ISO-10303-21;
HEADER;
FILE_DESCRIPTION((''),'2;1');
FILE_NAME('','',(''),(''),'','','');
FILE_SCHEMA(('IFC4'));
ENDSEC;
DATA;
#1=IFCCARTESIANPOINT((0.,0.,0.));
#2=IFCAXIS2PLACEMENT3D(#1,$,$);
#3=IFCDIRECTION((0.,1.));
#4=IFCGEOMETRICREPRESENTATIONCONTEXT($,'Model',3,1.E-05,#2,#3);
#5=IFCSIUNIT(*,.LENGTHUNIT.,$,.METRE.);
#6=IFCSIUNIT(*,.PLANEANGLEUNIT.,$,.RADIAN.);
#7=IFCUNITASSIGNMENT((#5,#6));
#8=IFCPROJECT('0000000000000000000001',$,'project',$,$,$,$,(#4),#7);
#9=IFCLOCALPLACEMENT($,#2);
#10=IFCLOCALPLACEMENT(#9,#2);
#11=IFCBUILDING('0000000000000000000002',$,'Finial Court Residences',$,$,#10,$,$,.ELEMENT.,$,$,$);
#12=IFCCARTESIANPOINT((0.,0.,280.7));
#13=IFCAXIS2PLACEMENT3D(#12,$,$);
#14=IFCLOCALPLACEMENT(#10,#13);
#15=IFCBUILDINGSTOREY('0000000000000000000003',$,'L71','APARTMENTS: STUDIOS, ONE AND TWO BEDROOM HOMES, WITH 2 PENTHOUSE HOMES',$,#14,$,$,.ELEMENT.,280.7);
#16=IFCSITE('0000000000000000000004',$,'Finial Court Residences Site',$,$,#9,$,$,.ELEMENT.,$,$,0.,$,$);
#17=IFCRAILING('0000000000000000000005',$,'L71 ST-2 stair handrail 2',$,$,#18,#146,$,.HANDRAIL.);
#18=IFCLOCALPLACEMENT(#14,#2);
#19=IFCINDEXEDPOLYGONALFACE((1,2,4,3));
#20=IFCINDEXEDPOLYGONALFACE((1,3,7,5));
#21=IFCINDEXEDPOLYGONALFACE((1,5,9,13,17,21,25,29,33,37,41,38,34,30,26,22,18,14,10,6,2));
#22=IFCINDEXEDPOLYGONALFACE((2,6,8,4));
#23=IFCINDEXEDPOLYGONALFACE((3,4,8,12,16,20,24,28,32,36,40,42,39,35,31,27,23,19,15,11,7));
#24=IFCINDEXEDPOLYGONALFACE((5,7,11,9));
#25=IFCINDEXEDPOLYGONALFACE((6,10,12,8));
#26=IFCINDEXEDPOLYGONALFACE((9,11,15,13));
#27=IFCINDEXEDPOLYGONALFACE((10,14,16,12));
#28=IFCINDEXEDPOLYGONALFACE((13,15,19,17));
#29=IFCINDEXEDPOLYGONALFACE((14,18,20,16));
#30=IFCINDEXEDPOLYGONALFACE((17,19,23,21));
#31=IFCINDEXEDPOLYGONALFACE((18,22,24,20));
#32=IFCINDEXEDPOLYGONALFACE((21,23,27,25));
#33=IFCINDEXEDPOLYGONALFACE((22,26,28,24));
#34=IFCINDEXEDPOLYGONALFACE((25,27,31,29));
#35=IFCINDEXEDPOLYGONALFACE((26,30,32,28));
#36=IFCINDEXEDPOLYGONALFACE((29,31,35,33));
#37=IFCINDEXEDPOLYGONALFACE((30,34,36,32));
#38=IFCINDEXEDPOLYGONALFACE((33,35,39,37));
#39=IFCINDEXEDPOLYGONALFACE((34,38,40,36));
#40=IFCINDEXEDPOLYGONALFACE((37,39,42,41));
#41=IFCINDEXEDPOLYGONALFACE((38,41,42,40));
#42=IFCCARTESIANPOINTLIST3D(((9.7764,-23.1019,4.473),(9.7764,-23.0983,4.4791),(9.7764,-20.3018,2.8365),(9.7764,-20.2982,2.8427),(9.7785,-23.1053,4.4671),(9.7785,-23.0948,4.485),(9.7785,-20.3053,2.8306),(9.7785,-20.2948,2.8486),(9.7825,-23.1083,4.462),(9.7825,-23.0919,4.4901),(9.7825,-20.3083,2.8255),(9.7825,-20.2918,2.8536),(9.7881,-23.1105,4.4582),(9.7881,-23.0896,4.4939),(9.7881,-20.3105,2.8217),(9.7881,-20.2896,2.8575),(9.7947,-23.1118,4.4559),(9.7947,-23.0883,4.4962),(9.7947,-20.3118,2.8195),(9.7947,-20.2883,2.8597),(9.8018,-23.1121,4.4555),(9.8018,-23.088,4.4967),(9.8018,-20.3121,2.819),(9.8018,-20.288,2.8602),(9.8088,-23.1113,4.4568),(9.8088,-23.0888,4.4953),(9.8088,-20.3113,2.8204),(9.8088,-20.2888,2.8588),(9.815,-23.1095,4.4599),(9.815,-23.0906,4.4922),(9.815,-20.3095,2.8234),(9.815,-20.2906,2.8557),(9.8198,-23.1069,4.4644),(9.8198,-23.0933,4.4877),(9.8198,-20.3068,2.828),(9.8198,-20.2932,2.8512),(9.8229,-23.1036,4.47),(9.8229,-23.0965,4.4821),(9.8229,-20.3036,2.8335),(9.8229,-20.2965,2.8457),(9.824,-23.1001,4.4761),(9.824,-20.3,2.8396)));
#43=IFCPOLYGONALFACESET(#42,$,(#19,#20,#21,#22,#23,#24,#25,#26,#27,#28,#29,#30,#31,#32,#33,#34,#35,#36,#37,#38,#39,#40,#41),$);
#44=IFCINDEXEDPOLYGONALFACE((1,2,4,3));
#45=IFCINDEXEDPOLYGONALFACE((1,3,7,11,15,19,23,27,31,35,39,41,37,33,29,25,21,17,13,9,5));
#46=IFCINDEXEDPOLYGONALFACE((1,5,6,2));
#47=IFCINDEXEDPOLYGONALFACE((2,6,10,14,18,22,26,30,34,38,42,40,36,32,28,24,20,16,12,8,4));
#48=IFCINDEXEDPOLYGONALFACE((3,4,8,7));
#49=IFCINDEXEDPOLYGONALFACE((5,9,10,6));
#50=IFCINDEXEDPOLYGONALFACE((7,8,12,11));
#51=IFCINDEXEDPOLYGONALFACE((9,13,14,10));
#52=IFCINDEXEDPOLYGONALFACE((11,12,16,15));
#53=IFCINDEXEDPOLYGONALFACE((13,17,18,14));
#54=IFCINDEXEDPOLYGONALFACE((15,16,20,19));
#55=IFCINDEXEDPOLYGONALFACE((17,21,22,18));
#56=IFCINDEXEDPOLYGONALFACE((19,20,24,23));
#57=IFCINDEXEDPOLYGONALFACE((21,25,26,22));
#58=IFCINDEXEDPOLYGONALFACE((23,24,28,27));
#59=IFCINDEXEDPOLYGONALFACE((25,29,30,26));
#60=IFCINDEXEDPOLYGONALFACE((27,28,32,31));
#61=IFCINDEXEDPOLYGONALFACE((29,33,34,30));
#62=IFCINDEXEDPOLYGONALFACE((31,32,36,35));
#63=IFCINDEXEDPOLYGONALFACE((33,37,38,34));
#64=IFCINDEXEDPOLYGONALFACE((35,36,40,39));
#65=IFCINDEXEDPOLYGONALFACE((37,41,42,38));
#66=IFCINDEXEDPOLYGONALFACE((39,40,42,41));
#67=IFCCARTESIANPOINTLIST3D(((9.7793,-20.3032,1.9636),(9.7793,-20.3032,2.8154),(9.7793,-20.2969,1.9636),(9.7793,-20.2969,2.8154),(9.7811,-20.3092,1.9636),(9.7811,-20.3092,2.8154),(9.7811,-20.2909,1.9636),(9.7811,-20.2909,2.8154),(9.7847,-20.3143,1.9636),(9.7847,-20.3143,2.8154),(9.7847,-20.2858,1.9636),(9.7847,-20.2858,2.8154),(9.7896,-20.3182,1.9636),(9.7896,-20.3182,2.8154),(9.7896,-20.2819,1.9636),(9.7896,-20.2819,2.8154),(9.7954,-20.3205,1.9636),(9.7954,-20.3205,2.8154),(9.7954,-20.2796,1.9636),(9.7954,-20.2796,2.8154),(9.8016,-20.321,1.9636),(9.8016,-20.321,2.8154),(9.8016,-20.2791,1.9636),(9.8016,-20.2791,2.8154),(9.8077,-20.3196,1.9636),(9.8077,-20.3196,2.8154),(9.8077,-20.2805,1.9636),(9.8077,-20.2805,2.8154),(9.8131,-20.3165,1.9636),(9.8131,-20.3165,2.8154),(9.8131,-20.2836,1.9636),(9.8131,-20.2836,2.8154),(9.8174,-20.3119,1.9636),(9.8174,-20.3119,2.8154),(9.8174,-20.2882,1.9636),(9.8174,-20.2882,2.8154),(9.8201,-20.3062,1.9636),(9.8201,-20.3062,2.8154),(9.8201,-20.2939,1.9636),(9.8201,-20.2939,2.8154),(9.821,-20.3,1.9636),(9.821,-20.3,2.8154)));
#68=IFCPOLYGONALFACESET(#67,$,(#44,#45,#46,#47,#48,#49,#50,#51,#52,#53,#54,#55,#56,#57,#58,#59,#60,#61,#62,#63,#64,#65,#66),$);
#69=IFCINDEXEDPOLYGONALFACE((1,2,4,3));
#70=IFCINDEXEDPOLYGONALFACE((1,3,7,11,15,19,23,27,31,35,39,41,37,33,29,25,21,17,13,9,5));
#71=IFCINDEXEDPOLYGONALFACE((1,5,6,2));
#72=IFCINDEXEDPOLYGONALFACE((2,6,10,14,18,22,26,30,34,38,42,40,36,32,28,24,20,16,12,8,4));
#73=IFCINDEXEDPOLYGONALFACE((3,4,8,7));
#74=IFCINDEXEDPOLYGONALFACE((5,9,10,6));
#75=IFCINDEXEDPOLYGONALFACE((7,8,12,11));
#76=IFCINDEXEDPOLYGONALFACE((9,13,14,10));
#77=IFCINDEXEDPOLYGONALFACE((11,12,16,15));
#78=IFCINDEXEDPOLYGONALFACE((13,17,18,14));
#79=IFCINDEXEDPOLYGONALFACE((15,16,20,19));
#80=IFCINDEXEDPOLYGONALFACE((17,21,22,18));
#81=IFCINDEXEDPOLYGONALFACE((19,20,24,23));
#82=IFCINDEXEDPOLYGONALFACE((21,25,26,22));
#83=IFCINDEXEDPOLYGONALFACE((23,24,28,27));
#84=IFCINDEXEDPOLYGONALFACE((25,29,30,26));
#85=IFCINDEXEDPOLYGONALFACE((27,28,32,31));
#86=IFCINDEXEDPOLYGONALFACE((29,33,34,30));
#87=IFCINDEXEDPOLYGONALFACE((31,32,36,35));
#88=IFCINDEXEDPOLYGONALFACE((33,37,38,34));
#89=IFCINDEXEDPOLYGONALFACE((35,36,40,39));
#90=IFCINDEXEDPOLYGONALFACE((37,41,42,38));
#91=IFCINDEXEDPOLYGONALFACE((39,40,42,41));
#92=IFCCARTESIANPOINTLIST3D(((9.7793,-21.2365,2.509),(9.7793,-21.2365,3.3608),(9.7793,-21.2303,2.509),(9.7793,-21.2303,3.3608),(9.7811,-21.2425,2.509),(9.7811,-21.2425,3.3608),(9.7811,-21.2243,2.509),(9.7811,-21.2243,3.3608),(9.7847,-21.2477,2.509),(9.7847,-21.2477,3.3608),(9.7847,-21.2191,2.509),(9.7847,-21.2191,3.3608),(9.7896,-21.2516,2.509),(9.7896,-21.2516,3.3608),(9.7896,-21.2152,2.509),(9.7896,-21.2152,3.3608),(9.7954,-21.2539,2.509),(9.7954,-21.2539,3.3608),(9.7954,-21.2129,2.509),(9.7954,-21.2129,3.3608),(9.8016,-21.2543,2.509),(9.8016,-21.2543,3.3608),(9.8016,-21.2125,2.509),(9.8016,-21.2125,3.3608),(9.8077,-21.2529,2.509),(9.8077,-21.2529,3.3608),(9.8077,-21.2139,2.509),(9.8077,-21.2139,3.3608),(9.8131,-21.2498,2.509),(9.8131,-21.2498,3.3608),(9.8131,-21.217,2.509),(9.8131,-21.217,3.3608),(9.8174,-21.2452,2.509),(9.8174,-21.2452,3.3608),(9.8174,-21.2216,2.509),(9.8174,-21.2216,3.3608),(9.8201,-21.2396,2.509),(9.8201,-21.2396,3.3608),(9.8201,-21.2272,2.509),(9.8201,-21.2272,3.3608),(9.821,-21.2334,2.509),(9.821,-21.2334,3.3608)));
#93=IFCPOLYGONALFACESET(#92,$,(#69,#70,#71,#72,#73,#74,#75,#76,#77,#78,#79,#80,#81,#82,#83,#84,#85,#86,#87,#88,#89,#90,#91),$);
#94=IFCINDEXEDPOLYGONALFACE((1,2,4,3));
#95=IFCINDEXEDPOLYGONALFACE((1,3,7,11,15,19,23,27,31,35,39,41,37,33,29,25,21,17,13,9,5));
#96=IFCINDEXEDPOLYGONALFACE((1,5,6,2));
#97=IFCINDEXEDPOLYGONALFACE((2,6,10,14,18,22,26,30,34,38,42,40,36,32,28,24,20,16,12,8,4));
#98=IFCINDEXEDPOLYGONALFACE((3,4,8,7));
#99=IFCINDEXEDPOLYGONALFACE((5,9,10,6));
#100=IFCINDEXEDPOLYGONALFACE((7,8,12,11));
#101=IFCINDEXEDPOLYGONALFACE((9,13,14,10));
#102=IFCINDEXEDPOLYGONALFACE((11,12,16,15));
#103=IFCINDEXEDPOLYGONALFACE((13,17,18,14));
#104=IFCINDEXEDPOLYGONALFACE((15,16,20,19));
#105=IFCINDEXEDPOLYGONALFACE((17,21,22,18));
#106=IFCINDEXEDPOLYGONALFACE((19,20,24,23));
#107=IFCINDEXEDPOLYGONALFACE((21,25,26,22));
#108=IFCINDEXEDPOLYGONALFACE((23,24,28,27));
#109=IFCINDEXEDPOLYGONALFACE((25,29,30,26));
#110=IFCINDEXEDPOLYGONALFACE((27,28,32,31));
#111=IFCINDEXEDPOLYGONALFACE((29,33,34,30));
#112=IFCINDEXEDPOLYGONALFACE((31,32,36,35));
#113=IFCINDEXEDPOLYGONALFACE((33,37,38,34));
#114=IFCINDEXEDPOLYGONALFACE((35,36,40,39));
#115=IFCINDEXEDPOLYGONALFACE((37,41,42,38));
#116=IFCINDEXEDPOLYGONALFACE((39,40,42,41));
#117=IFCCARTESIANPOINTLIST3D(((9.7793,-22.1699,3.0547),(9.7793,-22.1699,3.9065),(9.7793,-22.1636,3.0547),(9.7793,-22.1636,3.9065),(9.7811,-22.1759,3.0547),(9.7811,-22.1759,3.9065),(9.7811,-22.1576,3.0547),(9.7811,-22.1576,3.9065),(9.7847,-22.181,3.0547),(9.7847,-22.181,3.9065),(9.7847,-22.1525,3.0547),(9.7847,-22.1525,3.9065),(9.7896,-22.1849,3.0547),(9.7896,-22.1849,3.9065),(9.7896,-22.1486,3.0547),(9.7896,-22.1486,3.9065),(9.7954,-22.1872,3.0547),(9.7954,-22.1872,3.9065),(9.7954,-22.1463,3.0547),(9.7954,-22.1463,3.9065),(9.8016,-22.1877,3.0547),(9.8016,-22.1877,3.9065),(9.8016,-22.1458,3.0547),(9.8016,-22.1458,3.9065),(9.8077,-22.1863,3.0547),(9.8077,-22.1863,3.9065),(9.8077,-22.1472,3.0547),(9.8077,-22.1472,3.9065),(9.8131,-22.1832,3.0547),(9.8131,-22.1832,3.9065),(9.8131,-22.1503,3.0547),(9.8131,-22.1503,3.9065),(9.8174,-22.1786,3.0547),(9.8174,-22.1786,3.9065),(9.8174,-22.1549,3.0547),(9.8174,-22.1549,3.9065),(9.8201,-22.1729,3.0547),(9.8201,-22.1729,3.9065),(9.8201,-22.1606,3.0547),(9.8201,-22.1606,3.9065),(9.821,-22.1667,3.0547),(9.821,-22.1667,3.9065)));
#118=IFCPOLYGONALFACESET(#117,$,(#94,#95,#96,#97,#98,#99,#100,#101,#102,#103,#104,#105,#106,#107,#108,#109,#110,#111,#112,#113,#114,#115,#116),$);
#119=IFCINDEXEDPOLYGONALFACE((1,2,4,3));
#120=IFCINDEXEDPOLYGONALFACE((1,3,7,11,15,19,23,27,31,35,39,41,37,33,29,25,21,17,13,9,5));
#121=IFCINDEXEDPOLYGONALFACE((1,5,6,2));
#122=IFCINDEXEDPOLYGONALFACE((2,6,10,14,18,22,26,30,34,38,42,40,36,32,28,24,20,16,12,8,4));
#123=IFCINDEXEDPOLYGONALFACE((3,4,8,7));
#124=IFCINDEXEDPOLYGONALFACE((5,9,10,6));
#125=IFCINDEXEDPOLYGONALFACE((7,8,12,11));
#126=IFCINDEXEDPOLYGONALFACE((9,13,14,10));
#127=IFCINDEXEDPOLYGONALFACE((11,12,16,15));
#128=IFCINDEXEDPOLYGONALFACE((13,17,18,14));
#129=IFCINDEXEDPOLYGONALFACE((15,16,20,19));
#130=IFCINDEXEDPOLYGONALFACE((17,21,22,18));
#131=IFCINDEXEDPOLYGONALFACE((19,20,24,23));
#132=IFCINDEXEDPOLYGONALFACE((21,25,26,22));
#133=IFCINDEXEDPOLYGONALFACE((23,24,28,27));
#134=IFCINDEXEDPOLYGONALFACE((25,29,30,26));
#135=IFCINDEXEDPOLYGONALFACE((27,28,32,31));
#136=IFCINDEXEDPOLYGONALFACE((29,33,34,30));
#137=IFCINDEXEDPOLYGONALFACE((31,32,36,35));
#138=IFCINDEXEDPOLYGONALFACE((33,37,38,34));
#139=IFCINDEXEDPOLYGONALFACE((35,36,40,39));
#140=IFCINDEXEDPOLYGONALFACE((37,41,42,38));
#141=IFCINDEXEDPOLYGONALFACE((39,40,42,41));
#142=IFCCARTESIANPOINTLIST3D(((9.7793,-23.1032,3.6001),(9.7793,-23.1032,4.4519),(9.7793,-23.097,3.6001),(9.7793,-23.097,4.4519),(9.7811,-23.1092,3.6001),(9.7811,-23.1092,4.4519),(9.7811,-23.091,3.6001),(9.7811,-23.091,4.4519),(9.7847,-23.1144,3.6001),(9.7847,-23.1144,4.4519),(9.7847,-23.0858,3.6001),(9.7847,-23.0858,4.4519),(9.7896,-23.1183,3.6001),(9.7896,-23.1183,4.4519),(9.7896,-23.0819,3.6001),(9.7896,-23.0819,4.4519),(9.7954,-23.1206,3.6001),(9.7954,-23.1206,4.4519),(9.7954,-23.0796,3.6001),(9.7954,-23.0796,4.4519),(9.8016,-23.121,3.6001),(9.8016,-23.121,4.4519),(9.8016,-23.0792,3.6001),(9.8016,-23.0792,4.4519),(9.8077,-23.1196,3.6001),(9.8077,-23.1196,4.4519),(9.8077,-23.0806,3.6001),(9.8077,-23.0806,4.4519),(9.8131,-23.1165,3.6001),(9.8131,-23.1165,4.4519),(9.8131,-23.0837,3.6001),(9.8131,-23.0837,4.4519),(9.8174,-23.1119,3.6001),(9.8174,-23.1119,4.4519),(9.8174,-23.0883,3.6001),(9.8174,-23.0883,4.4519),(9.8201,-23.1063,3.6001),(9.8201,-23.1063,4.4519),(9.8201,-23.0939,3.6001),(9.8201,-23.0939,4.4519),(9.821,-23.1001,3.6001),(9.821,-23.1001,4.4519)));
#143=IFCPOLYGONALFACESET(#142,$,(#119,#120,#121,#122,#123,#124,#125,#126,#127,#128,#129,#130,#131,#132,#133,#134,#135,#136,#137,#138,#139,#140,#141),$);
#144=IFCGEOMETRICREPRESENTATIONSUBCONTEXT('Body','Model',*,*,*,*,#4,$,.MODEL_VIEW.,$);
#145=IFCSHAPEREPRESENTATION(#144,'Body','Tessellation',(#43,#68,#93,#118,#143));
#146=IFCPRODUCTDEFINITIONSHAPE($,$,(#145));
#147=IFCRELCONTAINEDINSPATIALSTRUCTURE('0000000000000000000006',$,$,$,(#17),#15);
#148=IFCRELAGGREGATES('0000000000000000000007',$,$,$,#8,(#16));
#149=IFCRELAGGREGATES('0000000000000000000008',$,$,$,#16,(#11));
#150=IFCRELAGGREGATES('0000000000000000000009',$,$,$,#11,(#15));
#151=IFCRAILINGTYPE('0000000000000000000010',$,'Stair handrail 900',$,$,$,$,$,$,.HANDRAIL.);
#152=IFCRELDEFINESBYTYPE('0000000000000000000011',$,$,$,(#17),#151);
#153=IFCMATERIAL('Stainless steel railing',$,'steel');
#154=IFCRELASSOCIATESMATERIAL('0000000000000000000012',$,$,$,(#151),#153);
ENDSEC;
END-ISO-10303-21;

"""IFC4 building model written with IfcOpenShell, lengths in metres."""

from ifc_helpers import new_model, si_unit, direction, frame, origin, origin_2d, place, context, subcontext, project, spatial, circle, extrude, material, type_object, element, save


model = new_model("IFC4")

# Units and contexts
model_context = context("Model", 3, precision=1e-05, world=origin(), true_north=direction((0.0, 1.0)))
body_context = subcontext(model_context, "Body", "Model", "MODEL_VIEW")
ifc_project = project(units=[si_unit("LENGTHUNIT", "METRE"), si_unit("PLANEANGLEUNIT", "RADIAN")], contexts=[model_context])

# Site, building, storey
site_placement = place(None, origin())
site = spatial("IfcSite", under=ifc_project, at=site_placement, Name="Finial Court Residences Site", CompositionType="ELEMENT", RefElevation=0.0)
building_placement = place(site_placement, origin())
building = spatial("IfcBuilding", under=site, at=building_placement, Name="Finial Court Residences", CompositionType="ELEMENT")
storey_placement = place(building_placement, frame((0.0, 0.0, 280.7)))
storey = spatial("IfcBuildingStorey", under=building, at=storey_placement, Name="L71", Description="APARTMENTS: STUDIOS, ONE AND TWO BEDROOM HOMES, WITH 2 PENTHOUSE HOMES", CompositionType="ELEMENT", Elevation=280.7)

# Railing
ifc_material_1 = material(Name="Stainless steel railing", Category="steel")
railing_type_1 = type_object("IfcRailingType", Name="Stair handrail 900", PredefinedType="HANDRAIL", material=ifc_material_1)
railing_1_placement = place(storey_placement, frame((9.8, -20.3, 1.9636)))
element("IfcRailing", 1, at=railing_1_placement, inside=storey, type_object=railing_type_1, Name="L71 ST-2 stair handrail 2", PredefinedType="HANDRAIL", context=body_context, shape_type="SweptSolid", body=[
    extrude(circle(Radius=0.0239, at=origin_2d()), frame((0.0, 0.0, 0.876), z_axis=(0.0, -0.863361, 0.504587), x_axis=(1.0, 0.0, 0.0)), (0.0, 0.0, 1.0), 3.2432),
    extrude(circle(Radius=0.021, at=origin_2d()), origin(), (0.0, 0.0, 1.0), 0.8518),
    extrude(circle(Radius=0.021, at=origin_2d()), frame((0.0, -0.9333, 0.5454)), (0.0, 0.0, 1.0), 0.8518),
    extrude(circle(Radius=0.021, at=origin_2d()), frame((0.0, -1.8667, 1.0911)), (0.0, 0.0, 1.0), 0.8518),
    extrude(circle(Radius=0.021, at=origin_2d()), frame((0.0, -2.8, 1.6365)), (0.0, 0.0, 1.0), 0.8518),
])

save(model, "model.ifc")
